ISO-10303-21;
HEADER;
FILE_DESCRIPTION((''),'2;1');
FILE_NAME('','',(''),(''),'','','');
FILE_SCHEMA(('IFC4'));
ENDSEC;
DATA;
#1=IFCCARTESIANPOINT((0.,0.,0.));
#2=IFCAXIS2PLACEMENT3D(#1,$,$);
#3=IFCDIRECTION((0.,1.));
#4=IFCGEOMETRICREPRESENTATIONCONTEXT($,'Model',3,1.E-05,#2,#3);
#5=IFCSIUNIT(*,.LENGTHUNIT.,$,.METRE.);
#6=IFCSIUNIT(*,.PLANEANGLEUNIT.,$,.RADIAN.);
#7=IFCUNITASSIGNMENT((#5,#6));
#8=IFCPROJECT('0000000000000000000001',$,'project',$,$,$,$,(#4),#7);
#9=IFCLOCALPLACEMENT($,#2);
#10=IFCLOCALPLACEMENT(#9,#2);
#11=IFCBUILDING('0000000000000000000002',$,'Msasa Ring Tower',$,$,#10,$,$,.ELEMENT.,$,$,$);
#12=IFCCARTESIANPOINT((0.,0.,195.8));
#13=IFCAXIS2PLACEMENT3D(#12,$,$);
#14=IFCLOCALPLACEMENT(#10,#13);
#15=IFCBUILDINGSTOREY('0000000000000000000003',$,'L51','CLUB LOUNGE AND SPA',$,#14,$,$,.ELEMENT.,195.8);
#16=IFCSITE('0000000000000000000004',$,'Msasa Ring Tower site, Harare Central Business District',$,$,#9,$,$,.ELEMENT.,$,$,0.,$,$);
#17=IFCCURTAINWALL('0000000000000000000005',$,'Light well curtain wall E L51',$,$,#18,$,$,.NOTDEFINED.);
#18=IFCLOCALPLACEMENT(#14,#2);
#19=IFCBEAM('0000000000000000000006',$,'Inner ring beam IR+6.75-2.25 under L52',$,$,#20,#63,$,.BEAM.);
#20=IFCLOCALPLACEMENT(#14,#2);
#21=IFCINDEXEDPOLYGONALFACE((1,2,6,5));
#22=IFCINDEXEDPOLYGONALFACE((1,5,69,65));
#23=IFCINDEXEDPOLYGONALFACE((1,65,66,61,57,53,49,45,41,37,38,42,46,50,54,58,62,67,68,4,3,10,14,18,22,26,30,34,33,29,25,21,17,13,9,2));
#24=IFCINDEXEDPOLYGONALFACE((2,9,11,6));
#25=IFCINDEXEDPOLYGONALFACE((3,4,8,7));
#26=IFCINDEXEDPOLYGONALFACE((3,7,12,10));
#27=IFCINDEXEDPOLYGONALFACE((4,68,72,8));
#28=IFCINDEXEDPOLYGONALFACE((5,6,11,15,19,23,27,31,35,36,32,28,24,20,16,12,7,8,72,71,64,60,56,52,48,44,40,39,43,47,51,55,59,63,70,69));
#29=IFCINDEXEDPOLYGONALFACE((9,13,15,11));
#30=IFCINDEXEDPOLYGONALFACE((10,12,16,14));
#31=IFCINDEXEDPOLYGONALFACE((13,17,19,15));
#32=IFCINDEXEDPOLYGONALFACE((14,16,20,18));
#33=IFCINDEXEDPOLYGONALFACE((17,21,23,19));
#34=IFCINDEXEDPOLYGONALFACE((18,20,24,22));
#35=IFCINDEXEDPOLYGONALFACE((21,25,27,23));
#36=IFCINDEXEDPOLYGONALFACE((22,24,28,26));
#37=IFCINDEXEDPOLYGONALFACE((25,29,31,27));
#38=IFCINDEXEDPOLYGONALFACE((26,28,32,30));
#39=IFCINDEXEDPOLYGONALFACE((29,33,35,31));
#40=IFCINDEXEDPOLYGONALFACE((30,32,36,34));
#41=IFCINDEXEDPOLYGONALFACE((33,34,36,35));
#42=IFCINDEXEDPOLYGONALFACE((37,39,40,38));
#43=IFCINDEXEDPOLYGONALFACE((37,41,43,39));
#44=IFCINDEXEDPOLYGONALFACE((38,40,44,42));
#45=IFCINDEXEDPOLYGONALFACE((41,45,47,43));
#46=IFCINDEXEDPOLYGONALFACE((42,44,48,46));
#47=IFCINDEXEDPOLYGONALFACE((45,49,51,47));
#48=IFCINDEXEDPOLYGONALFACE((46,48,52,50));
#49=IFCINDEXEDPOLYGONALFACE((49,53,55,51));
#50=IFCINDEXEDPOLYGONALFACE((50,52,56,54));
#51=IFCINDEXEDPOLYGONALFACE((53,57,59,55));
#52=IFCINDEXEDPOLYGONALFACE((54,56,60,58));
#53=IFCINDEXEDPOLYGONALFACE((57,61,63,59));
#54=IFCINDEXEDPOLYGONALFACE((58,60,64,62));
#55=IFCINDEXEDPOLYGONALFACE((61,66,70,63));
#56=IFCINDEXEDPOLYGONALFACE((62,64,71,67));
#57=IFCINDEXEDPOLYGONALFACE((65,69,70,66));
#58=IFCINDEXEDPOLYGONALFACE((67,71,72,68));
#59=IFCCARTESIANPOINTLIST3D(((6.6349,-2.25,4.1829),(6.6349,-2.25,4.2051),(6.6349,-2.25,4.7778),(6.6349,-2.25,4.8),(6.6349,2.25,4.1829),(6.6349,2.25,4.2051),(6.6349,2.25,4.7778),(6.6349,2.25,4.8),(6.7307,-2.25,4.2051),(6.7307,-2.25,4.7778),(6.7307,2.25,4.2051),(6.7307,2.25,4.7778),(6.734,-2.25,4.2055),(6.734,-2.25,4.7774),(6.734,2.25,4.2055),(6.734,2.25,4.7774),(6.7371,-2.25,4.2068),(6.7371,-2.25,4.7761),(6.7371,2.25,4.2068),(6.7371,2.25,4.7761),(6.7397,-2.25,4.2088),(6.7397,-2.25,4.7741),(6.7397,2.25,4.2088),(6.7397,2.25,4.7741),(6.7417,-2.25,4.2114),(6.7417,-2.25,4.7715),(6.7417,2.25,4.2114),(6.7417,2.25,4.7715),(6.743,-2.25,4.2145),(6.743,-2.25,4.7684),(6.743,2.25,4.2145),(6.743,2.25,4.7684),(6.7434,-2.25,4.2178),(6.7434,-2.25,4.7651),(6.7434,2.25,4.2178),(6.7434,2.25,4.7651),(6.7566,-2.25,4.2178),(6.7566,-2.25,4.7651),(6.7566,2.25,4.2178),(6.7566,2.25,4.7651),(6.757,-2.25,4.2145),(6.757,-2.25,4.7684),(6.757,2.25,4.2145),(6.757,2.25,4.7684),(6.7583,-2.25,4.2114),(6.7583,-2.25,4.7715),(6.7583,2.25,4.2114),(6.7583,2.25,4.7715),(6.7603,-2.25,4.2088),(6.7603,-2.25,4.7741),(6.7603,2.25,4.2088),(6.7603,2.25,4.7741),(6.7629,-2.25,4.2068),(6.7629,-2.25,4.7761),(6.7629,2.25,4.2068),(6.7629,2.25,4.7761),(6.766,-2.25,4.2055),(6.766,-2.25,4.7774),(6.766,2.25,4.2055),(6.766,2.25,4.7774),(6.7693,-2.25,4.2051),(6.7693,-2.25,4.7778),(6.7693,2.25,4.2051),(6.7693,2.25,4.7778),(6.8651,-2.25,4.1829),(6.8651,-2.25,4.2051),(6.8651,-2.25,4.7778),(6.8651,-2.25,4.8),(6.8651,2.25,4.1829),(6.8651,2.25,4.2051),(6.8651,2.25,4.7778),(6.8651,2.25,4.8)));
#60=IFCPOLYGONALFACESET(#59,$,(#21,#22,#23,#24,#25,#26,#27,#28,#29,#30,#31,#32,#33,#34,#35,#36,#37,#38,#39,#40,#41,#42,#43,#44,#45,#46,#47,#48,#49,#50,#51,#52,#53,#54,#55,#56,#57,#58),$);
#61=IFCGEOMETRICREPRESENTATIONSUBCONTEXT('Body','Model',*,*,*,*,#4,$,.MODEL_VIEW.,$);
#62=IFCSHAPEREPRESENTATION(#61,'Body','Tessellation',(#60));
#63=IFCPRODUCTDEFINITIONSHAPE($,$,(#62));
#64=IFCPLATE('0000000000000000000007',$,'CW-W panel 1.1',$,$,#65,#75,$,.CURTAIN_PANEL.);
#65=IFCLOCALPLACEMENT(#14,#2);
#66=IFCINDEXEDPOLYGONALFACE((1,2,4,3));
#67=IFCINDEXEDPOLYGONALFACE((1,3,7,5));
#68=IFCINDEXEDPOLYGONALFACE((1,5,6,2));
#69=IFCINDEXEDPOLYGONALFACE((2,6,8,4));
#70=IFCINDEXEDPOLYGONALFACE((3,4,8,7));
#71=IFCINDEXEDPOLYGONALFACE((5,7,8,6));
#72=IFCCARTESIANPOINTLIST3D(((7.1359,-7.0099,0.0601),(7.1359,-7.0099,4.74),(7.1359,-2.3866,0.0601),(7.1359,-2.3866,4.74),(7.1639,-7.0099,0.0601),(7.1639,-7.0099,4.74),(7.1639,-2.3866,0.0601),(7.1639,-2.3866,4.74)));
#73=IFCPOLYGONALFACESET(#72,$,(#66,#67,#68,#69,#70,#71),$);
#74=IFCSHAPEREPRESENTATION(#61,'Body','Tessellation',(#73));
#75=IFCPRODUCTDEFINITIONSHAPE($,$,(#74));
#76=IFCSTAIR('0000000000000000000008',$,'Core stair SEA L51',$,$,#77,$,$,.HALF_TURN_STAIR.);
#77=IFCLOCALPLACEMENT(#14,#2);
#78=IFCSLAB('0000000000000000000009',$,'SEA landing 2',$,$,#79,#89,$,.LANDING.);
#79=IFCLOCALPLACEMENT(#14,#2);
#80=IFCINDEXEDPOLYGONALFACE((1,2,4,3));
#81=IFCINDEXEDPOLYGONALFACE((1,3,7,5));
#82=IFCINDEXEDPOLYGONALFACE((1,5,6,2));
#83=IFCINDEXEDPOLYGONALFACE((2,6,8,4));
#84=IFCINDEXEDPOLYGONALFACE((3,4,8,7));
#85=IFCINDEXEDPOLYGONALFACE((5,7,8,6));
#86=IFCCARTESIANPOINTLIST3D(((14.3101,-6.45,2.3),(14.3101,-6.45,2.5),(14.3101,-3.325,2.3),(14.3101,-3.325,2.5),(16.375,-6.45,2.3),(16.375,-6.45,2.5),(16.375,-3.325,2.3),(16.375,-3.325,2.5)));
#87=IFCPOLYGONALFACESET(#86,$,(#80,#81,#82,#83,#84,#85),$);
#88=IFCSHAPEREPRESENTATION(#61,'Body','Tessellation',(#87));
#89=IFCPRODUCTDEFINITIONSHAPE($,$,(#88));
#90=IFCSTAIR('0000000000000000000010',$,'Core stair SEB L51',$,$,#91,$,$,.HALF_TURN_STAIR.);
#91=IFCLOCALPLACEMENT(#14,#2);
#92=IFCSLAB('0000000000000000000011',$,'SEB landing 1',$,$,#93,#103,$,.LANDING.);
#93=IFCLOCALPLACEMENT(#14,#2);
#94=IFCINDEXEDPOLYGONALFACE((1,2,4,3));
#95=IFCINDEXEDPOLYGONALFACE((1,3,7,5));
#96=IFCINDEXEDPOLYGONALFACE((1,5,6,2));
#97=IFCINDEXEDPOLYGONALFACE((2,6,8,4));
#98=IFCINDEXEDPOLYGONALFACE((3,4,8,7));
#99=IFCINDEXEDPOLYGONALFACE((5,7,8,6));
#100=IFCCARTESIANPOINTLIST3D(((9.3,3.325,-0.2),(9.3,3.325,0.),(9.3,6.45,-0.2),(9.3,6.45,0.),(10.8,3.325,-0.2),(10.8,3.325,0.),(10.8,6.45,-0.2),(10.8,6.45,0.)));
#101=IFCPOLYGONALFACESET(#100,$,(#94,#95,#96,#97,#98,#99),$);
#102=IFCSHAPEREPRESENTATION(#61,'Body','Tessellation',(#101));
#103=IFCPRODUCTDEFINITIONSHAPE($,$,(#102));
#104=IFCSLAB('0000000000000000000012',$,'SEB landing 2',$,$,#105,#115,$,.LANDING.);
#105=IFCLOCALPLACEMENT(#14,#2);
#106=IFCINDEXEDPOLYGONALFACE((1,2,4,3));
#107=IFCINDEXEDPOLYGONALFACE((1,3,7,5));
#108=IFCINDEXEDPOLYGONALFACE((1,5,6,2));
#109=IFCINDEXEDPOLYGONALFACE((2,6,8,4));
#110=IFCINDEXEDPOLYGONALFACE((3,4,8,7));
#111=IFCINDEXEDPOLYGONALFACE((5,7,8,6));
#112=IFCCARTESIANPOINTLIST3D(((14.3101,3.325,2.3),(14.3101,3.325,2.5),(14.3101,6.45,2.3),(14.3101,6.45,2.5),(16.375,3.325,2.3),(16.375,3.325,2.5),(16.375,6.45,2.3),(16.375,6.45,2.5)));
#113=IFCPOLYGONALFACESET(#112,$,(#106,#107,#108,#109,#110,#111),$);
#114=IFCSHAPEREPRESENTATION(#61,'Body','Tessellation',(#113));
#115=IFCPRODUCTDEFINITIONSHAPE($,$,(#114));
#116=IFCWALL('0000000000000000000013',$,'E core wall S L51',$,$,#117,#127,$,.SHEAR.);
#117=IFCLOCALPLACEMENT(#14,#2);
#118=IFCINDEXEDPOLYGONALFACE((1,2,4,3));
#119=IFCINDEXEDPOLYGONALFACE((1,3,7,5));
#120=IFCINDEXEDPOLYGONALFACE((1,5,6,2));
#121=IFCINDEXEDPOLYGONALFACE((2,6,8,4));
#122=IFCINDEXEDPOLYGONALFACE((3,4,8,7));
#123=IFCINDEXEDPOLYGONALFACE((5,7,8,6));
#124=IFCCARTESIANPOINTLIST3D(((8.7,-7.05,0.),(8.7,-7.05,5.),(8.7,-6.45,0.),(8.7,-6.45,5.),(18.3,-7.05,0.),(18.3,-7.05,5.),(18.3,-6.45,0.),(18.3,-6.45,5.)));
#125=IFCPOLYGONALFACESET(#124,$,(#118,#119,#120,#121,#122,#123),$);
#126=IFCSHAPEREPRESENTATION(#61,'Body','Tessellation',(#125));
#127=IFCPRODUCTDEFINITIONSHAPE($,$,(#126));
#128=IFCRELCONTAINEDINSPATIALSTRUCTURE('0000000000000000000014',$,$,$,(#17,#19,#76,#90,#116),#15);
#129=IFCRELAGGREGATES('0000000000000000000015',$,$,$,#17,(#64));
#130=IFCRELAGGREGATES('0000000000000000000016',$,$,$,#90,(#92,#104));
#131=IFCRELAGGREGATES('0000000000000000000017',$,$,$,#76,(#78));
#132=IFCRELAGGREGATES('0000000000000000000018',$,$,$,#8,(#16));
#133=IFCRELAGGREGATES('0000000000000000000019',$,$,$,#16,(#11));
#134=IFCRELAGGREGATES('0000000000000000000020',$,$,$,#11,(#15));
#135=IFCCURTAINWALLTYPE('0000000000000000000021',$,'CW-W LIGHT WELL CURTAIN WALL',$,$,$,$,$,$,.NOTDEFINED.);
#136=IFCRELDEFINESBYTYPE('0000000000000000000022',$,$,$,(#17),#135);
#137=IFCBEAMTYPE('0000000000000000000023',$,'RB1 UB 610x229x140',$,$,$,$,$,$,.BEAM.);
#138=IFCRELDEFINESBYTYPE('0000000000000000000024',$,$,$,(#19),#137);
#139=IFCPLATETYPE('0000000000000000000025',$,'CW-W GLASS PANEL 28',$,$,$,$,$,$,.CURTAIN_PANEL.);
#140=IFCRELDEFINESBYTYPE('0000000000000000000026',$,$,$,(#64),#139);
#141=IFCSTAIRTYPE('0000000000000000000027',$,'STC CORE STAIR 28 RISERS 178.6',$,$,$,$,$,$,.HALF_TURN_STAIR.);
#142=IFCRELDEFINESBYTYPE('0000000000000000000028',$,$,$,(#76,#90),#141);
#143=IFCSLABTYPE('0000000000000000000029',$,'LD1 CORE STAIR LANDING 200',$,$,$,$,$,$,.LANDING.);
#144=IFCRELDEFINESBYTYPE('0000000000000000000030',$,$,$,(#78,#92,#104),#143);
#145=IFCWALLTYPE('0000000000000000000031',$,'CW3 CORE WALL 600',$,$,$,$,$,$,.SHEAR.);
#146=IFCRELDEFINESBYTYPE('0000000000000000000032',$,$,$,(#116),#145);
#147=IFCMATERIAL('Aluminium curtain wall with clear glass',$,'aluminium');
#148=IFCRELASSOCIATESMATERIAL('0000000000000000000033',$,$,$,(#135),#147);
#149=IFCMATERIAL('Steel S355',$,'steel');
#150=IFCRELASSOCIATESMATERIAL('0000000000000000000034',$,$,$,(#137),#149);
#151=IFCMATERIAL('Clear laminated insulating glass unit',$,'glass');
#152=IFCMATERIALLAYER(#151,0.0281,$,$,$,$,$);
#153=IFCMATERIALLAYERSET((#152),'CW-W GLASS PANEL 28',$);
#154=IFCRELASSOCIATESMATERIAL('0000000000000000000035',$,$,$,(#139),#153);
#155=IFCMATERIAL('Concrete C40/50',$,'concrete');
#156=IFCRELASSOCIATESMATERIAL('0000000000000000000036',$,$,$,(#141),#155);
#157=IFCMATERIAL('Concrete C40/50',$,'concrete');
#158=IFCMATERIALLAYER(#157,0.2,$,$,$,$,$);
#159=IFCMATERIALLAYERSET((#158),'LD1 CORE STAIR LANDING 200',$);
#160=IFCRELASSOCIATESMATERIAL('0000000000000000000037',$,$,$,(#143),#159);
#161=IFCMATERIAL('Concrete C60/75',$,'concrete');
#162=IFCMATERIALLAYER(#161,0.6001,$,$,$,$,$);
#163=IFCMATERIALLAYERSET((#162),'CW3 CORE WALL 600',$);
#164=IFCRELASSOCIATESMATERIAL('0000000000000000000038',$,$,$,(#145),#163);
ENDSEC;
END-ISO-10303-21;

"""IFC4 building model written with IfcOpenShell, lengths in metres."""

from ifc_helpers import new_model, si_unit, direction, frame, frame_2d, origin, origin_2d, place, context, subcontext, project, spatial, polyline, rectangle, i_section, outline, extrude, material, layer, layer_set, material_profile, profile_set, type_object, element, aggregate, save


model = new_model("IFC4")

# Units and contexts
model_context = context("Model", 3, precision=1e-05, world=origin(), true_north=direction((0.0, 1.0)))
body_context = subcontext(model_context, "Body", "Model", "MODEL_VIEW")
ifc_project = project(units=[si_unit("LENGTHUNIT", "METRE"), si_unit("PLANEANGLEUNIT", "RADIAN")], contexts=[model_context])

# Site, building, storey
site_placement = place(None, origin())
site = spatial("IfcSite", under=ifc_project, at=site_placement, Name="Msasa Ring Tower site, Harare Central Business District", CompositionType="ELEMENT", RefElevation=0.0)
building_placement = place(site_placement, origin())
building = spatial("IfcBuilding", under=site, at=building_placement, Name="Msasa Ring Tower", CompositionType="ELEMENT")
storey_placement = place(building_placement, frame((0.0, 0.0, 195.8)))
storey = spatial("IfcBuildingStorey", under=building, at=storey_placement, Name="L51", Description="CLUB LOUNGE AND SPA", CompositionType="ELEMENT", Elevation=195.8)

# Curtain wall
ifc_material_1 = material(Name="Aluminium curtain wall with clear glass", Category="aluminium")
curtain_wall_type = type_object("IfcCurtainWallType", Name="CW-W LIGHT WELL CURTAIN WALL", PredefinedType="NOTDEFINED", material=ifc_material_1)
curtain_wall_placement = place(storey_placement, origin())
curtain_wall = element("IfcCurtainWall", 1, at=curtain_wall_placement, inside=storey, type_object=curtain_wall_type, Name="Light well curtain wall E L51", PredefinedType="NOTDEFINED")

# Beam
ifc_material_2 = material(Name="Steel S355", Category="steel")
ifc_material_profile_1 = material_profile(ifc_material_2, i_section(OverallWidth=0.2302, OverallDepth=0.6172, WebThickness=0.0132, FlangeThickness=0.0222, FilletRadius=0.0127, at=origin_2d()), Name="UB 610x229x140")
ifc_profile_set_1 = profile_set([ifc_material_profile_1], Name="Steel S355")
beam_type = type_object("IfcBeamType", Name="RB1 UB 610x229x140", PredefinedType="BEAM", material=ifc_profile_set_1)
for number, where, z_axis, x_axis, name in (
    (2, (6.75, -2.25, 4.4915), (0.0, 1.0, 0.0), (-1.0, 0.0, 0.0), "Inner ring beam IR+6.75-2.25 under L52"),
):
    element("IfcBeam", number, at=place(storey_placement, frame(where, z_axis=z_axis, x_axis=x_axis)), inside=storey, type_object=beam_type, Name=name, PredefinedType="BEAM", context=body_context, shape_type="SweptSolid", body=[
        extrude(i_section(OverallWidth=0.2302, OverallDepth=0.6172, WebThickness=0.0132, FlangeThickness=0.0222, FilletRadius=0.0127, at=origin_2d()), origin(), (0.0, 0.0, 1.0), 4.5),
    ])

# Plate
ifc_material_3 = material(Name="Clear laminated insulating glass unit", Category="glass")
ifc_layer_1 = layer(ifc_material_3, 0.0281)
ifc_layer_set_1 = layer_set([ifc_layer_1], Name="CW-W GLASS PANEL 28")
plate_type = type_object("IfcPlateType", Name="CW-W GLASS PANEL 28", PredefinedType="CURTAIN_PANEL", material=ifc_layer_set_1)
plate_placement = place(storey_placement, frame((7.1499, -4.6982, 0.0601), z_axis=(0.0, 0.0, 1.0), x_axis=(0.0, 1.0, 0.0)))
plate = element("IfcPlate", 3, at=plate_placement, type_object=plate_type, Name="CW-W panel 1.1", PredefinedType="CURTAIN_PANEL", context=body_context, shape_type="SweptSolid", body=[
    extrude(rectangle(XDim=4.6233, YDim=0.0281, at=origin_2d()), origin(), (0.0, 0.0, 1.0), 4.6799),
])
aggregate(curtain_wall, [plate])

# Stair, slab
ifc_material_4 = material(Name="Concrete C40/50", Category="concrete")
stair_type = type_object("IfcStairType", Name="STC CORE STAIR 28 RISERS 178.6", PredefinedType="HALF_TURN_STAIR", material=ifc_material_4)
stair_1_placement = place(storey_placement, origin())
stair_1 = element("IfcStair", 4, at=stair_1_placement, inside=storey, type_object=stair_type, Name="Core stair SEA L51", PredefinedType="HALF_TURN_STAIR")
ifc_material_5 = material(Name="Concrete C40/50", Category="concrete")
ifc_layer_2 = layer(ifc_material_5, 0.2)
ifc_layer_set_2 = layer_set([ifc_layer_2], Name="LD1 CORE STAIR LANDING 200")
slab_type = type_object("IfcSlabType", Name="LD1 CORE STAIR LANDING 200", PredefinedType="LANDING", material=ifc_layer_set_2)
slab_1_placement = place(storey_placement, frame((0.0, 0.0, 2.3)))
slab_1 = element("IfcSlab", 5, at=slab_1_placement, type_object=slab_type, Name="SEA landing 2", PredefinedType="LANDING", context=body_context, shape_type="SweptSolid", body=[
    extrude(outline(polyline([(14.3101, -6.45), (16.375, -6.45), (16.375, -3.325), (14.3101, -3.325), (14.3101, -6.45)])), origin(), (0.0, 0.0, 1.0), 0.2),
])

# Stair, slabs
stair_2_placement = place(storey_placement, origin())
stair_2 = element("IfcStair", 6, at=stair_2_placement, inside=storey, type_object=stair_type, Name="Core stair SEB L51", PredefinedType="HALF_TURN_STAIR")
slab_2_placement = place(storey_placement, frame((0.0, 0.0, -0.2)))
slab_2 = element("IfcSlab", 7, at=slab_2_placement, type_object=slab_type, Name="SEB landing 1", PredefinedType="LANDING", context=body_context, shape_type="SweptSolid", body=[
    extrude(outline(polyline([(9.3, 3.325), (10.8, 3.325), (10.8, 6.45), (9.3, 6.45), (9.3, 3.325)])), origin(), (0.0, 0.0, 1.0), 0.2),
])
slab_3_placement = place(storey_placement, frame((0.0, 0.0, 2.3)))
slab_3 = element("IfcSlab", 8, at=slab_3_placement, type_object=slab_type, Name="SEB landing 2", PredefinedType="LANDING", context=body_context, shape_type="SweptSolid", body=[
    extrude(outline(polyline([(14.3101, 3.325), (16.375, 3.325), (16.375, 6.45), (14.3101, 6.45), (14.3101, 3.325)])), origin(), (0.0, 0.0, 1.0), 0.2),
])
aggregate(stair_2, [slab_2, slab_3])

# Wall
ifc_material_6 = material(Name="Concrete C60/75", Category="concrete")
ifc_layer_3 = layer(ifc_material_6, 0.6001)
ifc_layer_set_3 = layer_set([ifc_layer_3], Name="CW3 CORE WALL 600")
wall_type_1 = type_object("IfcWallType", Name="CW3 CORE WALL 600", PredefinedType="SHEAR", material=ifc_layer_set_3)
wall_1_placement = place(storey_placement, frame((8.7, -6.75, 0.0), z_axis=(0.0, 0.0, 1.0), x_axis=(1.0, 0.0, 0.0)))
element("IfcWall", 9, at=wall_1_placement, inside=storey, type_object=wall_type_1, Name="E core wall S L51", PredefinedType="SHEAR", context=body_context, shape_type="SweptSolid", body=[
    extrude(rectangle(XDim=9.6001, YDim=0.6001, at=frame_2d((4.8, 0.0))), origin(), (0.0, 0.0, 1.0), 5.0),
])

aggregate(stair_1, [slab_1])

save(model, "model.ifc")
